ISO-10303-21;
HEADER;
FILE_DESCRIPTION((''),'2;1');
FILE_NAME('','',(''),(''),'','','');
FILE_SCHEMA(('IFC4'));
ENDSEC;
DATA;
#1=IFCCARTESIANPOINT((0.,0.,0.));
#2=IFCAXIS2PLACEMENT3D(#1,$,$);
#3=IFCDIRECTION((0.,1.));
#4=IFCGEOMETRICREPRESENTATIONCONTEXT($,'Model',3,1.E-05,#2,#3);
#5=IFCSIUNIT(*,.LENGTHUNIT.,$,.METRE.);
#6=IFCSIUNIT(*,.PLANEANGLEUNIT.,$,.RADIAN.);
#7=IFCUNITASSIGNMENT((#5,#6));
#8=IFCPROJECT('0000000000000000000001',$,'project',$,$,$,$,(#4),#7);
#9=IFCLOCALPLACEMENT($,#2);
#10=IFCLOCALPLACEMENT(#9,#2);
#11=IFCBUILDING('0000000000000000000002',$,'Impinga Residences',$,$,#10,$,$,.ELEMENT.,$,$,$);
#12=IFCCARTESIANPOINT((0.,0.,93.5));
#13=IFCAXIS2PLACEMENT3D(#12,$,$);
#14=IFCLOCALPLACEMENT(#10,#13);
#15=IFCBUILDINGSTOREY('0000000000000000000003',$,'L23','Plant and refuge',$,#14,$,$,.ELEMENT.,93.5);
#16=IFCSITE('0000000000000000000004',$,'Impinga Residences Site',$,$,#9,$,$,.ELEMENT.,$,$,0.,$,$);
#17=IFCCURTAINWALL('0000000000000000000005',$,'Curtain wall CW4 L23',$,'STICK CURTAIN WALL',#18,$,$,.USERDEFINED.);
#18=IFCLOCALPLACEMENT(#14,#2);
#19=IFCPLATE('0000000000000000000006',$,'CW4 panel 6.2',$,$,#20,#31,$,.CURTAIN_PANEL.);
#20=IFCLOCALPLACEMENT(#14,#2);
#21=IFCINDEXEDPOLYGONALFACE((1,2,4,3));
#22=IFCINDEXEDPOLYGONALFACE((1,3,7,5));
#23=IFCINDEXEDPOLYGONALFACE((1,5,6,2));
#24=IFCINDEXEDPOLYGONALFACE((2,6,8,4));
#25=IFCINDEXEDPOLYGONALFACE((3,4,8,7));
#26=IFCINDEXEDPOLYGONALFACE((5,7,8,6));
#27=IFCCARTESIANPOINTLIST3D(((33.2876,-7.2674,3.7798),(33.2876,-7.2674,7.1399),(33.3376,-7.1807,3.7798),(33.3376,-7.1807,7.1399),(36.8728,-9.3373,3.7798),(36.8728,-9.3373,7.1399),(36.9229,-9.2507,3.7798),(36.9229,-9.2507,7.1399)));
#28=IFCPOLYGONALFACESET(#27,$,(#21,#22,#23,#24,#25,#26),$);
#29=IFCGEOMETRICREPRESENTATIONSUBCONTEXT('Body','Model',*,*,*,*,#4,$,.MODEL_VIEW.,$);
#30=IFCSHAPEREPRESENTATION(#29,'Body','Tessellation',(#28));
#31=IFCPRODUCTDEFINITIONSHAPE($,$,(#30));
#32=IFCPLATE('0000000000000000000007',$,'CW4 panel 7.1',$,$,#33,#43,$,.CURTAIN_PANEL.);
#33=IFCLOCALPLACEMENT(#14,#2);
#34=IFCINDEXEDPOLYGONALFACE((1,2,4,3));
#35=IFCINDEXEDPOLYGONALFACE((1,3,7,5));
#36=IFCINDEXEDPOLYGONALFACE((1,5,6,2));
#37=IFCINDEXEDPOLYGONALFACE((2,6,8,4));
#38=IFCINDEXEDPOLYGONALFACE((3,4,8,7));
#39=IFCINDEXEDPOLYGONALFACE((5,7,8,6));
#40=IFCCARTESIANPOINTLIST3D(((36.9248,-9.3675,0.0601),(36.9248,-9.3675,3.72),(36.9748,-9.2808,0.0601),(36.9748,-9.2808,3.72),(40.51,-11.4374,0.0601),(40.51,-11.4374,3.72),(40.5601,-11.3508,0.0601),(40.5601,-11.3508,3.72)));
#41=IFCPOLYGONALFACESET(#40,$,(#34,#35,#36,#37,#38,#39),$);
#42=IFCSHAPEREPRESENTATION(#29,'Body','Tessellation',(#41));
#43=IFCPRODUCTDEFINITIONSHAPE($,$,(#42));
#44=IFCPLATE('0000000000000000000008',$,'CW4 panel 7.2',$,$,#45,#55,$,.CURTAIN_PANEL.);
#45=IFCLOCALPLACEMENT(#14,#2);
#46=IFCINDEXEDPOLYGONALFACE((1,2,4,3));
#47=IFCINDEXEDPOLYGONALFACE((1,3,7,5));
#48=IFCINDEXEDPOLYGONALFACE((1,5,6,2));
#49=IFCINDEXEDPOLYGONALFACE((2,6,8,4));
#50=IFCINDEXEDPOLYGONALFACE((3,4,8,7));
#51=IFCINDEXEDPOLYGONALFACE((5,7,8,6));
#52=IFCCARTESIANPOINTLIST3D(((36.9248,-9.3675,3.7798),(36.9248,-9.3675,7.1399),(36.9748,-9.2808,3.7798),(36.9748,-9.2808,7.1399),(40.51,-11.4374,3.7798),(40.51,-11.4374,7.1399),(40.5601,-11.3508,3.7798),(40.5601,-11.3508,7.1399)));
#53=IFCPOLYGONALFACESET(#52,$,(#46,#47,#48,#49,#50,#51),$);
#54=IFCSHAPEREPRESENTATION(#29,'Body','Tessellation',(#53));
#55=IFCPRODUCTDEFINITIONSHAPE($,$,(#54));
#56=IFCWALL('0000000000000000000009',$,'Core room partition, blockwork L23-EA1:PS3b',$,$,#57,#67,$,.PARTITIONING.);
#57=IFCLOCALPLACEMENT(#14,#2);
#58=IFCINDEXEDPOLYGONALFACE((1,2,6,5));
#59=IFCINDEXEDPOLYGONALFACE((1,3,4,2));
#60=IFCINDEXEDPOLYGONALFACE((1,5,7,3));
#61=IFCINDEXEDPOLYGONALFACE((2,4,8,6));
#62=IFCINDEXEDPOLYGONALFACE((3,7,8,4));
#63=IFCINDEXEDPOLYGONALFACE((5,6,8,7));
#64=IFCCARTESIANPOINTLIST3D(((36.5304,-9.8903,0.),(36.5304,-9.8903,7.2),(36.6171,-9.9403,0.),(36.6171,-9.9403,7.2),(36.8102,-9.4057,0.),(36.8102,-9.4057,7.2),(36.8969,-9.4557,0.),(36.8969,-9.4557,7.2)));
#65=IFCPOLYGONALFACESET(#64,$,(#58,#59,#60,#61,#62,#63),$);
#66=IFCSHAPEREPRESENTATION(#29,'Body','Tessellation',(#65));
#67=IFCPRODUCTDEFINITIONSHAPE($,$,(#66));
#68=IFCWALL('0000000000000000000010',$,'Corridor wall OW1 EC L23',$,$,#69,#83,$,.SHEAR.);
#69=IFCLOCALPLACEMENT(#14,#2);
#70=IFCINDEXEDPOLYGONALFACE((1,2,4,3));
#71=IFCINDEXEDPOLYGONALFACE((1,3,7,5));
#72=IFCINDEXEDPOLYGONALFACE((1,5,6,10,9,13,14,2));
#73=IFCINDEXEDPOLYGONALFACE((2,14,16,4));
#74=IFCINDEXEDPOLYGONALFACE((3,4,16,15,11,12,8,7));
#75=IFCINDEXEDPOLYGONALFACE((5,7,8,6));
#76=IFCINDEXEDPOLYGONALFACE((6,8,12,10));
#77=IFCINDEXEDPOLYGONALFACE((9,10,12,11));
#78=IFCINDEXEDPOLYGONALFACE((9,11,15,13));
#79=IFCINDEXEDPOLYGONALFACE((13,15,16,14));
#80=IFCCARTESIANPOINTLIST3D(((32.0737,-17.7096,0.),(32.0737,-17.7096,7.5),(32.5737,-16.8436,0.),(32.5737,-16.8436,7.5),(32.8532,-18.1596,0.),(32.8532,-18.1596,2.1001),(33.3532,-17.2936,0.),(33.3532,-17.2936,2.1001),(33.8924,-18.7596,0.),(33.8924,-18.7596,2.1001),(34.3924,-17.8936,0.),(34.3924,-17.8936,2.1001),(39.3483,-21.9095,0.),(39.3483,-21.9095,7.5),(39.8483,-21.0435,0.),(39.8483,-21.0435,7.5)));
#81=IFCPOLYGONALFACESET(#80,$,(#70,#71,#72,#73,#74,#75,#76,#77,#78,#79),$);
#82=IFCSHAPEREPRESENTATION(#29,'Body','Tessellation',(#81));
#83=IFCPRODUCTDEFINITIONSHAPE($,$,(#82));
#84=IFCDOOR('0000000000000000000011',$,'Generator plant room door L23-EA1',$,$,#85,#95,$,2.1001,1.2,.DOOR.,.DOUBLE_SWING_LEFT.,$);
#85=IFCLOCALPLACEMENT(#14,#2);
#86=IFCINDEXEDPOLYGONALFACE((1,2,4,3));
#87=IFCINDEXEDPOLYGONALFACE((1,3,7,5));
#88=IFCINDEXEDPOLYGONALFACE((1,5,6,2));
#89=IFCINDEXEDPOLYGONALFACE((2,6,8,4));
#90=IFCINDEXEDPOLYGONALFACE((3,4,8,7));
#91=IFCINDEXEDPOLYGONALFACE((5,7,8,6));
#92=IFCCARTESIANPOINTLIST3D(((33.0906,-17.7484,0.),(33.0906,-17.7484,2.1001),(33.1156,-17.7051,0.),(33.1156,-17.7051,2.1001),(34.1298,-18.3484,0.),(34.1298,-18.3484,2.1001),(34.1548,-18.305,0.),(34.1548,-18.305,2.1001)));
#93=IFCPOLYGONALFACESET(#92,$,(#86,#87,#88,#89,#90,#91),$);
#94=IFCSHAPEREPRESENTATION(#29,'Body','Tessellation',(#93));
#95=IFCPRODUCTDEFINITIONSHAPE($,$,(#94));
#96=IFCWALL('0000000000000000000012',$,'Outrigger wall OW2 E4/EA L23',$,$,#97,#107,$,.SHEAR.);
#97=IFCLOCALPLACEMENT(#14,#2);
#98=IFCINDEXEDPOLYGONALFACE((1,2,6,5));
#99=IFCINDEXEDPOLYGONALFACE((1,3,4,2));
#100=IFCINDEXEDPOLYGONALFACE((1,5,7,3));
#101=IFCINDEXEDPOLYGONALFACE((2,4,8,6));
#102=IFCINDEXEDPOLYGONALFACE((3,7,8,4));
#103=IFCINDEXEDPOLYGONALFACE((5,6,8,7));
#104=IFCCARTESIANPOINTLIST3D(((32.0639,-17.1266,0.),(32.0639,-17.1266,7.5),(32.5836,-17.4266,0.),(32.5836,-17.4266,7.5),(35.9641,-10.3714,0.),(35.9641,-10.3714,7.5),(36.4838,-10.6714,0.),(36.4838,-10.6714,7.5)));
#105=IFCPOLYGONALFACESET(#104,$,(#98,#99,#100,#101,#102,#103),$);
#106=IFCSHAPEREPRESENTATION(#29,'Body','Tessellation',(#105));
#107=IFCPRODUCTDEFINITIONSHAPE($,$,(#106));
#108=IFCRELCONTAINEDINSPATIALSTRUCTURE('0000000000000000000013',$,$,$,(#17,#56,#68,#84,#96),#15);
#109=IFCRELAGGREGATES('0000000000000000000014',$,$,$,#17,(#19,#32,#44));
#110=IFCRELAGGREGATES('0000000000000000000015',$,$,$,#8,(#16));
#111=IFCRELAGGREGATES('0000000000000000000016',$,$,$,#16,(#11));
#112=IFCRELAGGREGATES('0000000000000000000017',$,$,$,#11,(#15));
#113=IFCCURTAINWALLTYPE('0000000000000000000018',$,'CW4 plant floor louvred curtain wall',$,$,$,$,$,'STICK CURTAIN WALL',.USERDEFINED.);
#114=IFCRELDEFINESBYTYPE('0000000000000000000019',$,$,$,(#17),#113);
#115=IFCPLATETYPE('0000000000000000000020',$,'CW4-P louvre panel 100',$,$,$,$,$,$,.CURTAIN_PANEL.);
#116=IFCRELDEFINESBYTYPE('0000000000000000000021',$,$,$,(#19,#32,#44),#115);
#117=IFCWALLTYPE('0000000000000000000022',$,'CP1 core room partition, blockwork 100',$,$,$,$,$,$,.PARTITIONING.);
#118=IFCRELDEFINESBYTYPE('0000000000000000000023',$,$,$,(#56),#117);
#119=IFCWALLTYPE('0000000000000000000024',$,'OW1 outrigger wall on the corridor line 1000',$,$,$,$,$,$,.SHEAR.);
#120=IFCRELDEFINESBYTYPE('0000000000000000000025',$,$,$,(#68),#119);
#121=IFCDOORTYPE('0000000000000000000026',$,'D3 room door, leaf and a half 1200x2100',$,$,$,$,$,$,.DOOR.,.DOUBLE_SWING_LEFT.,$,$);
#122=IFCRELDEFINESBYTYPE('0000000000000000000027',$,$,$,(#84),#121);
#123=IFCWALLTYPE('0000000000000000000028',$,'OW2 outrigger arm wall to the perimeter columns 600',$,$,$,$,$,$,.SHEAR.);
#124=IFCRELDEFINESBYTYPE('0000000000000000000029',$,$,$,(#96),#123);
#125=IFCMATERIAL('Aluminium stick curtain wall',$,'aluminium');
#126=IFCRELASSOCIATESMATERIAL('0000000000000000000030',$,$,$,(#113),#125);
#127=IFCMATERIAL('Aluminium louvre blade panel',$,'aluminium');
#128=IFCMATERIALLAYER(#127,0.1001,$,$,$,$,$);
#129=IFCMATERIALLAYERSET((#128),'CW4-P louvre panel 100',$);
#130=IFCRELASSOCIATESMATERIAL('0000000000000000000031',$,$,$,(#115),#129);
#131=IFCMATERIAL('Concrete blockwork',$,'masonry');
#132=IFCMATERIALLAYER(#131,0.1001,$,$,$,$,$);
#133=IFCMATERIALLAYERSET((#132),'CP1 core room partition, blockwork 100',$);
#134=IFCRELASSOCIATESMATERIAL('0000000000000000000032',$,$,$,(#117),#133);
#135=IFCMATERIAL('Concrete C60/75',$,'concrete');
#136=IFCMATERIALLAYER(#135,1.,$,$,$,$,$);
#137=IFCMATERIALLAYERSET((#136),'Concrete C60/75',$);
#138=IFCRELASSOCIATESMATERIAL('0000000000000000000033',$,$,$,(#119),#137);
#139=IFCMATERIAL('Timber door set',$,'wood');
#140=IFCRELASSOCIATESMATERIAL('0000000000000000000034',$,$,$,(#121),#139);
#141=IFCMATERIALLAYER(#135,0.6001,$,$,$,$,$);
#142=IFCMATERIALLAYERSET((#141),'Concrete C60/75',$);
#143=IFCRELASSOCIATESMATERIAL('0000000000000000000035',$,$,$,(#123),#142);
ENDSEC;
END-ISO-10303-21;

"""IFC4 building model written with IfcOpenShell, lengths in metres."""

from ifc_helpers import new_model, si_unit, direction, frame, frame_2d, origin, origin_2d, place, context, subcontext, project, spatial, rectangle, extrude, material, layer, layer_set, type_object, element, fill, aggregate, save


model = new_model("IFC4")

# Units and contexts
model_context = context("Model", 3, precision=1e-05, world=origin(), true_north=direction((0.0, 1.0)))
body_context = subcontext(model_context, "Body", "Model", "MODEL_VIEW")
ifc_project = project(units=[si_unit("LENGTHUNIT", "METRE"), si_unit("PLANEANGLEUNIT", "RADIAN")], contexts=[model_context])

# Site, building, storey
site_placement = place(None, origin())
site = spatial("IfcSite", under=ifc_project, at=site_placement, Name="Impinga Residences Site", CompositionType="ELEMENT", RefElevation=0.0)
building_placement = place(site_placement, origin())
building = spatial("IfcBuilding", under=site, at=building_placement, Name="Impinga Residences", CompositionType="ELEMENT")
storey_placement = place(building_placement, frame((0.0, 0.0, 93.5)))
storey = spatial("IfcBuildingStorey", under=building, at=storey_placement, Name="L23", Description="Plant and refuge", CompositionType="ELEMENT", Elevation=93.5)

# Curtain wall, plates
ifc_material_1 = material(Name="Aluminium stick curtain wall", Category="aluminium")
curtain_wall_type = type_object("IfcCurtainWallType", Name="CW4 plant floor louvred curtain wall", ElementType="STICK CURTAIN WALL", PredefinedType="USERDEFINED", material=ifc_material_1)
curtain_wall_placement = place(storey_placement, origin())
curtain_wall = element("IfcCurtainWall", 1, at=curtain_wall_placement, inside=storey, type_object=curtain_wall_type, Name="Curtain wall CW4 L23", ObjectType="STICK CURTAIN WALL", PredefinedType="USERDEFINED")
ifc_material_2 = material(Name="Aluminium louvre blade panel", Category="aluminium")
ifc_layer_1 = layer(ifc_material_2, 0.1001)
ifc_layer_set_1 = layer_set([ifc_layer_1], Name="CW4-P louvre panel 100")
plate_type = type_object("IfcPlateType", Name="CW4-P louvre panel 100", PredefinedType="CURTAIN_PANEL", material=ifc_layer_set_1)
plate_1_placement = place(storey_placement, frame((35.1052, -8.259, 3.7798), z_axis=(0.0, 0.0, 1.0), x_axis=(0.866025, -0.5, 0.0)))
plate_1 = element("IfcPlate", 2, at=plate_1_placement, type_object=plate_type, Name="CW4 panel 6.2", PredefinedType="CURTAIN_PANEL", context=body_context, shape_type="SweptSolid", body=[
    extrude(rectangle(XDim=4.1399, YDim=0.1001, at=origin_2d()), origin(), (0.0, 0.0, 1.0), 3.3601),
])
plate_2_placement = place(storey_placement, frame((38.7424, -10.3591, 0.0601), z_axis=(0.0, 0.0, 1.0), x_axis=(0.866025, -0.5, 0.0)))
plate_2 = element("IfcPlate", 3, at=plate_2_placement, type_object=plate_type, Name="CW4 panel 7.1", PredefinedType="CURTAIN_PANEL", context=body_context, shape_type="SweptSolid", body=[
    extrude(rectangle(XDim=4.1399, YDim=0.1001, at=origin_2d()), origin(), (0.0, 0.0, 1.0), 3.6599),
])
plate_3_placement = place(storey_placement, frame((38.7424, -10.3591, 3.7798), z_axis=(0.0, 0.0, 1.0), x_axis=(0.866025, -0.5, 0.0)))
plate_3 = element("IfcPlate", 4, at=plate_3_placement, type_object=plate_type, Name="CW4 panel 7.2", PredefinedType="CURTAIN_PANEL", context=body_context, shape_type="SweptSolid", body=[
    extrude(rectangle(XDim=4.1399, YDim=0.1001, at=origin_2d()), origin(), (0.0, 0.0, 1.0), 3.3601),
])
aggregate(curtain_wall, [plate_1, plate_2, plate_3])

# Wall
ifc_material_3 = material(Name="Concrete blockwork", Category="masonry")
ifc_layer_2 = layer(ifc_material_3, 0.1001)
ifc_layer_set_2 = layer_set([ifc_layer_2], Name="CP1 core room partition, blockwork 100")
wall_type_1 = type_object("IfcWallType", Name="CP1 core room partition, blockwork 100", PredefinedType="PARTITIONING", material=ifc_layer_set_2)
wall_1_placement = place(storey_placement, frame((36.5737, -9.9153, 0.0), z_axis=(0.0, 0.0, 1.0), x_axis=(0.499987, 0.866033, 0.0)))
element("IfcWall", 5, at=wall_1_placement, inside=storey, type_object=wall_type_1, Name="Core room partition, blockwork L23-EA1:PS3b", PredefinedType="PARTITIONING", context=body_context, shape_type="SweptSolid", body=[
    extrude(rectangle(XDim=0.5596, YDim=0.1001, at=frame_2d((0.2798, 0.0))), origin(), (0.0, 0.0, 1.0), 7.2),
])

# Wall, opening, door
ifc_material_4 = material(Name="Concrete C60/75", Category="concrete")
ifc_layer_3 = layer(ifc_material_4, 1.0)
ifc_layer_set_3 = layer_set([ifc_layer_3], Name="Concrete C60/75")
wall_type_2 = type_object("IfcWallType", Name="OW1 outrigger wall on the corridor line 1000", PredefinedType="SHEAR", material=ifc_layer_set_3)
wall_2_placement = place(storey_placement, frame((32.3237, -17.2766, 0.0), z_axis=(0.0, 0.0, 1.0), x_axis=(0.866029, -0.499993, 0.0)))
wall_2 = element("IfcWall", 6, at=wall_2_placement, inside=storey, type_object=wall_type_2, Name="Corridor wall OW1 EC L23", PredefinedType="SHEAR", context=body_context, shape_type="SweptSolid", body=[
    extrude(rectangle(XDim=8.3999, YDim=1.0, at=frame_2d((4.2, 0.0))), origin(), (0.0, 0.0, 1.0), 7.5),
])
opening_placement = place(wall_2_placement, frame((0.8999, 0.0, 0.0)))
opening = element("IfcOpeningElement", 7, at=opening_placement, cuts=wall_2, PredefinedType="OPENING", context=body_context, shape_type="SweptSolid", body=[
    extrude(rectangle(XDim=1.2, YDim=2.1001, at=frame_2d((0.6001, 1.05))), frame((0.0, 0.51, 0.0), z_axis=(0.0, -1.0, 0.0), x_axis=(1.0, 0.0, 0.0)), (0.0, 0.0, 1.0), 1.02),
])
ifc_material_5 = material(Name="Timber door set", Category="wood")
door_type = type_object("IfcDoorType", Name="D3 room door, leaf and a half 1200x2100", OperationType="DOUBLE_SWING_LEFT", PredefinedType="DOOR", material=ifc_material_5)
door_placement = place(opening_placement, origin())
door = element("IfcDoor", 8, at=door_placement, inside=storey, type_object=door_type, Name="Generator plant room door L23-EA1", OperationType="DOUBLE_SWING_LEFT", OverallHeight=2.1001, OverallWidth=1.2, PredefinedType="DOOR", context=body_context, shape_type="SweptSolid", body=[
    extrude(rectangle(XDim=1.2, YDim=2.1001, at=frame_2d((0.6001, 1.05))), frame((0.0, 0.0249, 0.0), z_axis=(0.0, -1.0, 0.0), x_axis=(1.0, 0.0, 0.0)), (0.0, 0.0, 1.0), 0.05),
])
fill(opening, door)

# Wall
ifc_layer_4 = layer(ifc_material_4, 0.6001)
ifc_layer_set_4 = layer_set([ifc_layer_4], Name="Concrete C60/75")
wall_type_3 = type_object("IfcWallType", Name="OW2 outrigger arm wall to the perimeter columns 600", PredefinedType="SHEAR", material=ifc_layer_set_4)
wall_3_placement = place(storey_placement, frame((32.3237, -17.2766, 0.0), z_axis=(0.0, 0.0, 1.0), x_axis=(0.500007, 0.866021, 0.0)))
element("IfcWall", 9, at=wall_3_placement, inside=storey, type_object=wall_type_3, Name="Outrigger wall OW2 E4/EA L23", PredefinedType="SHEAR", context=body_context, shape_type="SweptSolid", body=[
    extrude(rectangle(XDim=7.8003, YDim=0.6001, at=frame_2d((3.9001, 0.0))), origin(), (0.0, 0.0, 1.0), 7.5),
])

save(model, "model.ifc")
